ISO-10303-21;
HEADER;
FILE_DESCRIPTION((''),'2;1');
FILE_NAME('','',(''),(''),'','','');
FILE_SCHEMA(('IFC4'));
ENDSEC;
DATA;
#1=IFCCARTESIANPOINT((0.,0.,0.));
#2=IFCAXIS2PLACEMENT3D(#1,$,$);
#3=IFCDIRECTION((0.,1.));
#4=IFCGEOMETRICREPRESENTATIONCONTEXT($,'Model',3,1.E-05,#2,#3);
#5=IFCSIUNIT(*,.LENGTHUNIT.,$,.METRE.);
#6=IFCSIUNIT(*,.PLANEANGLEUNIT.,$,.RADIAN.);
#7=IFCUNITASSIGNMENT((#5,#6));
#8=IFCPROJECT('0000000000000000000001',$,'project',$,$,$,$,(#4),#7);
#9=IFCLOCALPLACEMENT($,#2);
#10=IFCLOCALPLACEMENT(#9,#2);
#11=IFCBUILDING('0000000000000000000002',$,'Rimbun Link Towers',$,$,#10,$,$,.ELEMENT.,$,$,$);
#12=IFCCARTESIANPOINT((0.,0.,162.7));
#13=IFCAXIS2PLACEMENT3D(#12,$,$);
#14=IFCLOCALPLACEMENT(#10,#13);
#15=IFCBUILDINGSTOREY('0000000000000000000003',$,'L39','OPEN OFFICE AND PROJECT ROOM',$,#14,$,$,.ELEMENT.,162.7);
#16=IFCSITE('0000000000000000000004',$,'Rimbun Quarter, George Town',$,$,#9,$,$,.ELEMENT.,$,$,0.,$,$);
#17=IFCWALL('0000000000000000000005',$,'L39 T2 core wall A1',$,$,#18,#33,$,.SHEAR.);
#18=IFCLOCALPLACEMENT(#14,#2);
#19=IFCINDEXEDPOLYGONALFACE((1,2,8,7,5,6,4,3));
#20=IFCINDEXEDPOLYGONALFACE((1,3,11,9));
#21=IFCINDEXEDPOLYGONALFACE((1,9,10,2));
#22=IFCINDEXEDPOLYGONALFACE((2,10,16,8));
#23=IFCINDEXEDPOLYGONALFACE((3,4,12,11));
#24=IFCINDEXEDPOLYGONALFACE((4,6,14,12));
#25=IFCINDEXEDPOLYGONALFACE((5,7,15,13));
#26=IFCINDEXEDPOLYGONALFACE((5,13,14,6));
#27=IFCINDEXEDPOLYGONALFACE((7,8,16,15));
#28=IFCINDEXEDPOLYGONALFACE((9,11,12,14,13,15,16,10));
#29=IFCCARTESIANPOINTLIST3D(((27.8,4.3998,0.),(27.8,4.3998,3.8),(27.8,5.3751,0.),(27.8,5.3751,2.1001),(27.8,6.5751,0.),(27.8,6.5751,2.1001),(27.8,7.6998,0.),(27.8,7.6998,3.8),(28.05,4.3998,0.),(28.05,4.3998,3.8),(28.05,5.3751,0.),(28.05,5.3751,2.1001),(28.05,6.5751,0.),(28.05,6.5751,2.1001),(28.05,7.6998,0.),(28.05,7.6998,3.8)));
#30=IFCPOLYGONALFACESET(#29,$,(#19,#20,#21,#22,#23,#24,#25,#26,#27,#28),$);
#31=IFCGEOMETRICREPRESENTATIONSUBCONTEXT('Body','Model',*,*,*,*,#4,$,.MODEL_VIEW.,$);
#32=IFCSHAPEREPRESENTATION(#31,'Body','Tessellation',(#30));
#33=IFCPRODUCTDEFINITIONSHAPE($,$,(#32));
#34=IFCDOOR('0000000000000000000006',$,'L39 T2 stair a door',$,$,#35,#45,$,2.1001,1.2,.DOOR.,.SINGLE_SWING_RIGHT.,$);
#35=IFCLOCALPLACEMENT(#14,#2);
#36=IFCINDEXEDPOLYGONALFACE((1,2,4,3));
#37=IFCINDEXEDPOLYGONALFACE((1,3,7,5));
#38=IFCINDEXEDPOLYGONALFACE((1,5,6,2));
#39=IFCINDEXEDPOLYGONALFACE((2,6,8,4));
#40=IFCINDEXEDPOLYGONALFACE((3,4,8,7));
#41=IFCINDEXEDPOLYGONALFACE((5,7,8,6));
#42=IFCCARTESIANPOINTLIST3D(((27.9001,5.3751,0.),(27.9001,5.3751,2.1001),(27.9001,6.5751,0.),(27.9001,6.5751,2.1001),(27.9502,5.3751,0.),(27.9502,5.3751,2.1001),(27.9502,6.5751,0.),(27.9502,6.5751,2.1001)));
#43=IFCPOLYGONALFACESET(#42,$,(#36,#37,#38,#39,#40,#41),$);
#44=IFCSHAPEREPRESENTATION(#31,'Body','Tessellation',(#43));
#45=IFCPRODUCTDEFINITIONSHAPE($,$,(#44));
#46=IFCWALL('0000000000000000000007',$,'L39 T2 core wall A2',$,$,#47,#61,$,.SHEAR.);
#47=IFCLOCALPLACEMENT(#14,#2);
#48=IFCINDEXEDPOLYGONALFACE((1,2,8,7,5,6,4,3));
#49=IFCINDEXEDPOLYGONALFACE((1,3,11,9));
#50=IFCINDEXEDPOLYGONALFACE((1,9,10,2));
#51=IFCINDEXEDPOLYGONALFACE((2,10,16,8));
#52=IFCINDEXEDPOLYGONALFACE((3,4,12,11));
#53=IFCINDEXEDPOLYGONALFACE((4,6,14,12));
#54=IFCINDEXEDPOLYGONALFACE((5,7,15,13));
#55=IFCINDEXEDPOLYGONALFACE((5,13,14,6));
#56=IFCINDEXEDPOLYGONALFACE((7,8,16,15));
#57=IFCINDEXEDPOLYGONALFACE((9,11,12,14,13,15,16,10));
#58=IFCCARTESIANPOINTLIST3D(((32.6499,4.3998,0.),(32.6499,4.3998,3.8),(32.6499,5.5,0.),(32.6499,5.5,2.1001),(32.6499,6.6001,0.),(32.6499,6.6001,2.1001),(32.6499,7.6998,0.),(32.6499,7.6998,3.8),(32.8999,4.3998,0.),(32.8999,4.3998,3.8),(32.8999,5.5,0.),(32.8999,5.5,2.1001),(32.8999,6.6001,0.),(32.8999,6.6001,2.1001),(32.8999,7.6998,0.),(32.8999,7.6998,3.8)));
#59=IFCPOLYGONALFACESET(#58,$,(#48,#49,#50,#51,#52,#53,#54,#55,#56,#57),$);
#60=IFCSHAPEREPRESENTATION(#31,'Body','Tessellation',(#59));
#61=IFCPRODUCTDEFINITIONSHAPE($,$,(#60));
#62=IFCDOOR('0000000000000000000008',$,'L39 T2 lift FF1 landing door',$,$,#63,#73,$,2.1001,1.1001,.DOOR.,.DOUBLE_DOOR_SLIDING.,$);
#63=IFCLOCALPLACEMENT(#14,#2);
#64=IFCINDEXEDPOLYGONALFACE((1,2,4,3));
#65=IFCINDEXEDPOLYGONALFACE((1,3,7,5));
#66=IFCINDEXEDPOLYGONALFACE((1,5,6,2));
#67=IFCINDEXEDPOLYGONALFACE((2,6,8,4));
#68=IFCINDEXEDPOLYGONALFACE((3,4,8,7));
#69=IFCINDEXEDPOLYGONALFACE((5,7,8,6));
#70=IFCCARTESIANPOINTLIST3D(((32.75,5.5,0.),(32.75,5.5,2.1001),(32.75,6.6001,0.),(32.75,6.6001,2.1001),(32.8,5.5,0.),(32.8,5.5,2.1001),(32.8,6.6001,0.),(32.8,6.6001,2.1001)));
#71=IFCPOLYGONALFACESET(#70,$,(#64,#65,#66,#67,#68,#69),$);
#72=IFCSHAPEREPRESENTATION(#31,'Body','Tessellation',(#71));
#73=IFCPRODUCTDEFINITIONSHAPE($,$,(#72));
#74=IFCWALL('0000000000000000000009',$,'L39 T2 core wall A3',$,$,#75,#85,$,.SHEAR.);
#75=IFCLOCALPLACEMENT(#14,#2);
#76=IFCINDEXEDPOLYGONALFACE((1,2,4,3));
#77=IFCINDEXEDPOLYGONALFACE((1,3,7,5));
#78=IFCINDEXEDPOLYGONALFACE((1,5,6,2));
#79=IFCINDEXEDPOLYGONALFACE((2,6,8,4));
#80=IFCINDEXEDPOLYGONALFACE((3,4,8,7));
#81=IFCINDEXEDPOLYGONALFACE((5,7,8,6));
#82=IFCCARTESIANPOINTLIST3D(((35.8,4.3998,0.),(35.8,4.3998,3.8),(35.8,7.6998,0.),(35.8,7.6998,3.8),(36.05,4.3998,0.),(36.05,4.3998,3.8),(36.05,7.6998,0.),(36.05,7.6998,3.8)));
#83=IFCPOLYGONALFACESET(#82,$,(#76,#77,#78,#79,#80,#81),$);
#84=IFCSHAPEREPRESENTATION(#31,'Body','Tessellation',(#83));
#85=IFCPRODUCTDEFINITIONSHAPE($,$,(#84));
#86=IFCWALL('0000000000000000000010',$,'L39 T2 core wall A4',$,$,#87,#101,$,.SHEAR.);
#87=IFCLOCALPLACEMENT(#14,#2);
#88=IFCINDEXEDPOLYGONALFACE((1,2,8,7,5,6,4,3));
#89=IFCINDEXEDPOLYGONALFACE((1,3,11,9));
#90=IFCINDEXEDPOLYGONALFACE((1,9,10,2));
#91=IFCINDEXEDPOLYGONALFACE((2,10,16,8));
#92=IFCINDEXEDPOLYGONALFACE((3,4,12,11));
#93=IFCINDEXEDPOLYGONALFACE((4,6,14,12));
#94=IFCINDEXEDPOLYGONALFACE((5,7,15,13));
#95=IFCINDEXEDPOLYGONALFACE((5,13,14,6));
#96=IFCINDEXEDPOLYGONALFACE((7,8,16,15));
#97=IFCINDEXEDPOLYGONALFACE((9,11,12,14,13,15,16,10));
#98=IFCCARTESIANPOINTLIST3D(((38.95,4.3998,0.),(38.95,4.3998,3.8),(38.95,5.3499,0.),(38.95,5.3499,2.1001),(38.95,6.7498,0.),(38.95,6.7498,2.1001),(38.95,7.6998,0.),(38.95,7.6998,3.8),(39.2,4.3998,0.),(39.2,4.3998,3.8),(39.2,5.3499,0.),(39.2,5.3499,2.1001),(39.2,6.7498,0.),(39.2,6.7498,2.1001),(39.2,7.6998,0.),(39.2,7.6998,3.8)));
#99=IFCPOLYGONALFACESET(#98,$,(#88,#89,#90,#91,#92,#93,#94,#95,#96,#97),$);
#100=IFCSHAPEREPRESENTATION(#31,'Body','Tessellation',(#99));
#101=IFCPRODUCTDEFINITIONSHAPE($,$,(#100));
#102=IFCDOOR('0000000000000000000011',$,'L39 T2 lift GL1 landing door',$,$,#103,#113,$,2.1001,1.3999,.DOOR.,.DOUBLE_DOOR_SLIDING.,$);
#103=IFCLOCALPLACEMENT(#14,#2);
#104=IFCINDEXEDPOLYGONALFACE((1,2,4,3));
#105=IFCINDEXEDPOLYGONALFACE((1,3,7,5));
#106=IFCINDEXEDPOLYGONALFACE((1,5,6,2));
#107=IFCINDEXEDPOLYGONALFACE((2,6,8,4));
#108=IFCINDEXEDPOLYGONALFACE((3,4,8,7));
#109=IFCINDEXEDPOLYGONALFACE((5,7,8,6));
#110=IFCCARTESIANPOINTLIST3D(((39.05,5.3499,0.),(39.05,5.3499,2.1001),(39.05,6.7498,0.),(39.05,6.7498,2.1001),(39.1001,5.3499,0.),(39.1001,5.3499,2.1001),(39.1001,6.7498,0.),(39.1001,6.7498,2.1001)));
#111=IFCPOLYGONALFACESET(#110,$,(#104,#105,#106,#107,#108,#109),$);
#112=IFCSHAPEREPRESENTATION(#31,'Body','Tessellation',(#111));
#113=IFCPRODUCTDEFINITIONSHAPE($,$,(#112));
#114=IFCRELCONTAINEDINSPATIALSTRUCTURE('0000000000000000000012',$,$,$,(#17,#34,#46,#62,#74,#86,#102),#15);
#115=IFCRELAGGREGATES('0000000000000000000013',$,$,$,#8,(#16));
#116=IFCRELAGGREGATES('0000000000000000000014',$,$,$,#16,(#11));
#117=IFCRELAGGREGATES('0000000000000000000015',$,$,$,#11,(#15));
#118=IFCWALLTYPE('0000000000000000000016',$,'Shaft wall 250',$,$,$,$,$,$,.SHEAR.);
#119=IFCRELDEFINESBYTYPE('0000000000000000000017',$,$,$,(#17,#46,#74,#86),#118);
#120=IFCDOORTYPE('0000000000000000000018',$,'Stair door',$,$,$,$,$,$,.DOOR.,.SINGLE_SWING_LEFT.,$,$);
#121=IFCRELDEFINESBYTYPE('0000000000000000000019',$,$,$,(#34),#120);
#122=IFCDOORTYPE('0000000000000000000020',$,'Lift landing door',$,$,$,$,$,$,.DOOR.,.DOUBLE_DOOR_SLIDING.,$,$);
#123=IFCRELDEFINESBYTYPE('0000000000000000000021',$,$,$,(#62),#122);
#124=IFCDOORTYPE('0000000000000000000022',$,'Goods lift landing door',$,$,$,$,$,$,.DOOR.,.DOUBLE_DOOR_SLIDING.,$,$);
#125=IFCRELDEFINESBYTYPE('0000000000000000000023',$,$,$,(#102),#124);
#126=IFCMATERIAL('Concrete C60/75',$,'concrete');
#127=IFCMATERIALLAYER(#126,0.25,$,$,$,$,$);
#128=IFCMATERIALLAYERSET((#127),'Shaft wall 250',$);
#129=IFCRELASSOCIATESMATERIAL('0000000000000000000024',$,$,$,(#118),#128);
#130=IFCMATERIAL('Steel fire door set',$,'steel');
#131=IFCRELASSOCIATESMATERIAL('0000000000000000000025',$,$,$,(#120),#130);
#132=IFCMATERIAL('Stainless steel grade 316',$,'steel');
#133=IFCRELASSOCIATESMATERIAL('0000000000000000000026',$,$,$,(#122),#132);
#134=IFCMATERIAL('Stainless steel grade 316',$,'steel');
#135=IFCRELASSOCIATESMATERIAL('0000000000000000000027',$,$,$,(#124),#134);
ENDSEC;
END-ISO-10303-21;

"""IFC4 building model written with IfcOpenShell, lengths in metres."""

from ifc_helpers import new_model, si_unit, direction, frame, frame_2d, origin, place, context, subcontext, project, spatial, rectangle, extrude, material, layer, layer_set, type_object, element, fill, save


model = new_model("IFC4")

# Units and contexts
model_context = context("Model", 3, precision=1e-05, world=origin(), true_north=direction((0.0, 1.0)))
body_context = subcontext(model_context, "Body", "Model", "MODEL_VIEW")
ifc_project = project(units=[si_unit("LENGTHUNIT", "METRE"), si_unit("PLANEANGLEUNIT", "RADIAN")], contexts=[model_context])

# Site, building, storey
site_placement = place(None, origin())
site = spatial("IfcSite", under=ifc_project, at=site_placement, Name="Rimbun Quarter, George Town", CompositionType="ELEMENT", RefElevation=0.0)
building_placement = place(site_placement, origin())
building = spatial("IfcBuilding", under=site, at=building_placement, Name="Rimbun Link Towers", CompositionType="ELEMENT")
storey_placement = place(building_placement, frame((0.0, 0.0, 162.7)))
storey = spatial("IfcBuildingStorey", under=building, at=storey_placement, Name="L39", Description="OPEN OFFICE AND PROJECT ROOM", CompositionType="ELEMENT", Elevation=162.7)

# Shared definitions
ifc_material_1 = material(Name="Concrete C60/75", Category="concrete")
ifc_layer = layer(ifc_material_1, 0.25)
ifc_layer_set = layer_set([ifc_layer], Name="Shaft wall 250")
wall_type = type_object("IfcWallType", Name="Shaft wall 250", PredefinedType="SHEAR", material=ifc_layer_set)

# Walls, openings, doors
wall_1_placement = place(storey_placement, frame((27.925, 4.3999, 0.0), z_axis=(0.0, 0.0, 1.0), x_axis=(0.0, 1.0, 0.0)))
wall_1 = element("IfcWall", 1, at=wall_1_placement, inside=storey, type_object=wall_type, Name="L39 T2 core wall A1", PredefinedType="SHEAR", context=body_context, shape_type="SweptSolid", body=[
    extrude(rectangle(XDim=3.3, YDim=0.25, at=frame_2d((1.6499, 0.0))), origin(), (0.0, 0.0, 1.0), 3.8),
])
opening_1_placement = place(wall_1_placement, frame((0.9751, 0.0, 0.0)))
opening_1 = element("IfcOpeningElement", 2, at=opening_1_placement, cuts=wall_1, PredefinedType="OPENING", context=body_context, shape_type="SweptSolid", body=[
    extrude(rectangle(XDim=1.2, YDim=2.1001, at=frame_2d((0.6001, 1.05))), frame((0.0, 0.135, 0.0), z_axis=(0.0, -1.0, 0.0), x_axis=(1.0, 0.0, 0.0)), (0.0, 0.0, 1.0), 0.27),
])
ifc_material_2 = material(Name="Steel fire door set", Category="steel")
door_type_1 = type_object("IfcDoorType", Name="Stair door", OperationType="SINGLE_SWING_LEFT", PredefinedType="DOOR", material=ifc_material_2)
door_1_placement = place(opening_1_placement, origin())
door_1 = element("IfcDoor", 3, at=door_1_placement, inside=storey, type_object=door_type_1, Name="L39 T2 stair a door", OperationType="SINGLE_SWING_RIGHT", OverallHeight=2.1001, OverallWidth=1.2, PredefinedType="DOOR", context=body_context, shape_type="SweptSolid", body=[
    extrude(rectangle(XDim=1.2, YDim=2.1001, at=frame_2d((0.6001, 1.05))), frame((0.0, 0.0249, 0.0), z_axis=(0.0, -1.0, 0.0), x_axis=(1.0, 0.0, 0.0)), (0.0, 0.0, 1.0), 0.05),
])
fill(opening_1, door_1)
wall_2_placement = place(storey_placement, frame((32.7749, 4.3999, 0.0), z_axis=(0.0, 0.0, 1.0), x_axis=(0.0, 1.0, 0.0)))
wall_2 = element("IfcWall", 4, at=wall_2_placement, inside=storey, type_object=wall_type, Name="L39 T2 core wall A2", PredefinedType="SHEAR", context=body_context, shape_type="SweptSolid", body=[
    extrude(rectangle(XDim=3.3, YDim=0.25, at=frame_2d((1.6499, 0.0))), origin(), (0.0, 0.0, 1.0), 3.8),
])
opening_2_placement = place(wall_2_placement, frame((1.1001, 0.0, 0.0)))
opening_2 = element("IfcOpeningElement", 5, at=opening_2_placement, cuts=wall_2, PredefinedType="OPENING", context=body_context, shape_type="SweptSolid", body=[
    extrude(rectangle(XDim=1.1001, YDim=2.1001, at=frame_2d((0.55, 1.05))), frame((0.0, 0.135, 0.0), z_axis=(0.0, -1.0, 0.0), x_axis=(1.0, 0.0, 0.0)), (0.0, 0.0, 1.0), 0.27),
])
ifc_material_3 = material(Name="Stainless steel grade 316", Category="steel")
door_type_2 = type_object("IfcDoorType", Name="Lift landing door", OperationType="DOUBLE_DOOR_SLIDING", PredefinedType="DOOR", material=ifc_material_3)
door_2_placement = place(opening_2_placement, origin())
door_2 = element("IfcDoor", 6, at=door_2_placement, inside=storey, type_object=door_type_2, Name="L39 T2 lift FF1 landing door", OperationType="DOUBLE_DOOR_SLIDING", OverallHeight=2.1001, OverallWidth=1.1001, PredefinedType="DOOR", context=body_context, shape_type="SweptSolid", body=[
    extrude(rectangle(XDim=1.1001, YDim=2.1001, at=frame_2d((0.55, 1.05))), frame((0.0, 0.0249, 0.0), z_axis=(0.0, -1.0, 0.0), x_axis=(1.0, 0.0, 0.0)), (0.0, 0.0, 1.0), 0.05),
])
fill(opening_2, door_2)

# Wall
wall_3_placement = place(storey_placement, frame((35.925, 4.3999, 0.0), z_axis=(0.0, 0.0, 1.0), x_axis=(0.0, 1.0, 0.0)))
element("IfcWall", 7, at=wall_3_placement, inside=storey, type_object=wall_type, Name="L39 T2 core wall A3", PredefinedType="SHEAR", context=body_context, shape_type="SweptSolid", body=[
    extrude(rectangle(XDim=3.3, YDim=0.25, at=frame_2d((1.6499, 0.0))), origin(), (0.0, 0.0, 1.0), 3.8),
])

# Wall, opening, door
wall_4_placement = place(storey_placement, frame((39.075, 4.3999, 0.0), z_axis=(0.0, 0.0, 1.0), x_axis=(0.0, 1.0, 0.0)))
wall_4 = element("IfcWall", 8, at=wall_4_placement, inside=storey, type_object=wall_type, Name="L39 T2 core wall A4", PredefinedType="SHEAR", context=body_context, shape_type="SweptSolid", body=[
    extrude(rectangle(XDim=3.3, YDim=0.25, at=frame_2d((1.6499, 0.0))), origin(), (0.0, 0.0, 1.0), 3.8),
])
opening_3_placement = place(wall_4_placement, frame((0.95, 0.0, 0.0)))
opening_3 = element("IfcOpeningElement", 9, at=opening_3_placement, cuts=wall_4, PredefinedType="OPENING", context=body_context, shape_type="SweptSolid", body=[
    extrude(rectangle(XDim=1.3999, YDim=2.1001, at=frame_2d((0.7, 1.05))), frame((0.0, 0.135, 0.0), z_axis=(0.0, -1.0, 0.0), x_axis=(1.0, 0.0, 0.0)), (0.0, 0.0, 1.0), 0.27),
])
ifc_material_4 = material(Name="Stainless steel grade 316", Category="steel")
door_type_3 = type_object("IfcDoorType", Name="Goods lift landing door", OperationType="DOUBLE_DOOR_SLIDING", PredefinedType="DOOR", material=ifc_material_4)
door_3_placement = place(opening_3_placement, origin())
door_3 = element("IfcDoor", 10, at=door_3_placement, inside=storey, type_object=door_type_3, Name="L39 T2 lift GL1 landing door", OperationType="DOUBLE_DOOR_SLIDING", OverallHeight=2.1001, OverallWidth=1.3999, PredefinedType="DOOR", context=body_context, shape_type="SweptSolid", body=[
    extrude(rectangle(XDim=1.3999, YDim=2.1001, at=frame_2d((0.7, 1.05))), frame((0.0, 0.0249, 0.0), z_axis=(0.0, -1.0, 0.0), x_axis=(1.0, 0.0, 0.0)), (0.0, 0.0, 1.0), 0.05),
])
fill(opening_3, door_3)

save(model, "model.ifc")
